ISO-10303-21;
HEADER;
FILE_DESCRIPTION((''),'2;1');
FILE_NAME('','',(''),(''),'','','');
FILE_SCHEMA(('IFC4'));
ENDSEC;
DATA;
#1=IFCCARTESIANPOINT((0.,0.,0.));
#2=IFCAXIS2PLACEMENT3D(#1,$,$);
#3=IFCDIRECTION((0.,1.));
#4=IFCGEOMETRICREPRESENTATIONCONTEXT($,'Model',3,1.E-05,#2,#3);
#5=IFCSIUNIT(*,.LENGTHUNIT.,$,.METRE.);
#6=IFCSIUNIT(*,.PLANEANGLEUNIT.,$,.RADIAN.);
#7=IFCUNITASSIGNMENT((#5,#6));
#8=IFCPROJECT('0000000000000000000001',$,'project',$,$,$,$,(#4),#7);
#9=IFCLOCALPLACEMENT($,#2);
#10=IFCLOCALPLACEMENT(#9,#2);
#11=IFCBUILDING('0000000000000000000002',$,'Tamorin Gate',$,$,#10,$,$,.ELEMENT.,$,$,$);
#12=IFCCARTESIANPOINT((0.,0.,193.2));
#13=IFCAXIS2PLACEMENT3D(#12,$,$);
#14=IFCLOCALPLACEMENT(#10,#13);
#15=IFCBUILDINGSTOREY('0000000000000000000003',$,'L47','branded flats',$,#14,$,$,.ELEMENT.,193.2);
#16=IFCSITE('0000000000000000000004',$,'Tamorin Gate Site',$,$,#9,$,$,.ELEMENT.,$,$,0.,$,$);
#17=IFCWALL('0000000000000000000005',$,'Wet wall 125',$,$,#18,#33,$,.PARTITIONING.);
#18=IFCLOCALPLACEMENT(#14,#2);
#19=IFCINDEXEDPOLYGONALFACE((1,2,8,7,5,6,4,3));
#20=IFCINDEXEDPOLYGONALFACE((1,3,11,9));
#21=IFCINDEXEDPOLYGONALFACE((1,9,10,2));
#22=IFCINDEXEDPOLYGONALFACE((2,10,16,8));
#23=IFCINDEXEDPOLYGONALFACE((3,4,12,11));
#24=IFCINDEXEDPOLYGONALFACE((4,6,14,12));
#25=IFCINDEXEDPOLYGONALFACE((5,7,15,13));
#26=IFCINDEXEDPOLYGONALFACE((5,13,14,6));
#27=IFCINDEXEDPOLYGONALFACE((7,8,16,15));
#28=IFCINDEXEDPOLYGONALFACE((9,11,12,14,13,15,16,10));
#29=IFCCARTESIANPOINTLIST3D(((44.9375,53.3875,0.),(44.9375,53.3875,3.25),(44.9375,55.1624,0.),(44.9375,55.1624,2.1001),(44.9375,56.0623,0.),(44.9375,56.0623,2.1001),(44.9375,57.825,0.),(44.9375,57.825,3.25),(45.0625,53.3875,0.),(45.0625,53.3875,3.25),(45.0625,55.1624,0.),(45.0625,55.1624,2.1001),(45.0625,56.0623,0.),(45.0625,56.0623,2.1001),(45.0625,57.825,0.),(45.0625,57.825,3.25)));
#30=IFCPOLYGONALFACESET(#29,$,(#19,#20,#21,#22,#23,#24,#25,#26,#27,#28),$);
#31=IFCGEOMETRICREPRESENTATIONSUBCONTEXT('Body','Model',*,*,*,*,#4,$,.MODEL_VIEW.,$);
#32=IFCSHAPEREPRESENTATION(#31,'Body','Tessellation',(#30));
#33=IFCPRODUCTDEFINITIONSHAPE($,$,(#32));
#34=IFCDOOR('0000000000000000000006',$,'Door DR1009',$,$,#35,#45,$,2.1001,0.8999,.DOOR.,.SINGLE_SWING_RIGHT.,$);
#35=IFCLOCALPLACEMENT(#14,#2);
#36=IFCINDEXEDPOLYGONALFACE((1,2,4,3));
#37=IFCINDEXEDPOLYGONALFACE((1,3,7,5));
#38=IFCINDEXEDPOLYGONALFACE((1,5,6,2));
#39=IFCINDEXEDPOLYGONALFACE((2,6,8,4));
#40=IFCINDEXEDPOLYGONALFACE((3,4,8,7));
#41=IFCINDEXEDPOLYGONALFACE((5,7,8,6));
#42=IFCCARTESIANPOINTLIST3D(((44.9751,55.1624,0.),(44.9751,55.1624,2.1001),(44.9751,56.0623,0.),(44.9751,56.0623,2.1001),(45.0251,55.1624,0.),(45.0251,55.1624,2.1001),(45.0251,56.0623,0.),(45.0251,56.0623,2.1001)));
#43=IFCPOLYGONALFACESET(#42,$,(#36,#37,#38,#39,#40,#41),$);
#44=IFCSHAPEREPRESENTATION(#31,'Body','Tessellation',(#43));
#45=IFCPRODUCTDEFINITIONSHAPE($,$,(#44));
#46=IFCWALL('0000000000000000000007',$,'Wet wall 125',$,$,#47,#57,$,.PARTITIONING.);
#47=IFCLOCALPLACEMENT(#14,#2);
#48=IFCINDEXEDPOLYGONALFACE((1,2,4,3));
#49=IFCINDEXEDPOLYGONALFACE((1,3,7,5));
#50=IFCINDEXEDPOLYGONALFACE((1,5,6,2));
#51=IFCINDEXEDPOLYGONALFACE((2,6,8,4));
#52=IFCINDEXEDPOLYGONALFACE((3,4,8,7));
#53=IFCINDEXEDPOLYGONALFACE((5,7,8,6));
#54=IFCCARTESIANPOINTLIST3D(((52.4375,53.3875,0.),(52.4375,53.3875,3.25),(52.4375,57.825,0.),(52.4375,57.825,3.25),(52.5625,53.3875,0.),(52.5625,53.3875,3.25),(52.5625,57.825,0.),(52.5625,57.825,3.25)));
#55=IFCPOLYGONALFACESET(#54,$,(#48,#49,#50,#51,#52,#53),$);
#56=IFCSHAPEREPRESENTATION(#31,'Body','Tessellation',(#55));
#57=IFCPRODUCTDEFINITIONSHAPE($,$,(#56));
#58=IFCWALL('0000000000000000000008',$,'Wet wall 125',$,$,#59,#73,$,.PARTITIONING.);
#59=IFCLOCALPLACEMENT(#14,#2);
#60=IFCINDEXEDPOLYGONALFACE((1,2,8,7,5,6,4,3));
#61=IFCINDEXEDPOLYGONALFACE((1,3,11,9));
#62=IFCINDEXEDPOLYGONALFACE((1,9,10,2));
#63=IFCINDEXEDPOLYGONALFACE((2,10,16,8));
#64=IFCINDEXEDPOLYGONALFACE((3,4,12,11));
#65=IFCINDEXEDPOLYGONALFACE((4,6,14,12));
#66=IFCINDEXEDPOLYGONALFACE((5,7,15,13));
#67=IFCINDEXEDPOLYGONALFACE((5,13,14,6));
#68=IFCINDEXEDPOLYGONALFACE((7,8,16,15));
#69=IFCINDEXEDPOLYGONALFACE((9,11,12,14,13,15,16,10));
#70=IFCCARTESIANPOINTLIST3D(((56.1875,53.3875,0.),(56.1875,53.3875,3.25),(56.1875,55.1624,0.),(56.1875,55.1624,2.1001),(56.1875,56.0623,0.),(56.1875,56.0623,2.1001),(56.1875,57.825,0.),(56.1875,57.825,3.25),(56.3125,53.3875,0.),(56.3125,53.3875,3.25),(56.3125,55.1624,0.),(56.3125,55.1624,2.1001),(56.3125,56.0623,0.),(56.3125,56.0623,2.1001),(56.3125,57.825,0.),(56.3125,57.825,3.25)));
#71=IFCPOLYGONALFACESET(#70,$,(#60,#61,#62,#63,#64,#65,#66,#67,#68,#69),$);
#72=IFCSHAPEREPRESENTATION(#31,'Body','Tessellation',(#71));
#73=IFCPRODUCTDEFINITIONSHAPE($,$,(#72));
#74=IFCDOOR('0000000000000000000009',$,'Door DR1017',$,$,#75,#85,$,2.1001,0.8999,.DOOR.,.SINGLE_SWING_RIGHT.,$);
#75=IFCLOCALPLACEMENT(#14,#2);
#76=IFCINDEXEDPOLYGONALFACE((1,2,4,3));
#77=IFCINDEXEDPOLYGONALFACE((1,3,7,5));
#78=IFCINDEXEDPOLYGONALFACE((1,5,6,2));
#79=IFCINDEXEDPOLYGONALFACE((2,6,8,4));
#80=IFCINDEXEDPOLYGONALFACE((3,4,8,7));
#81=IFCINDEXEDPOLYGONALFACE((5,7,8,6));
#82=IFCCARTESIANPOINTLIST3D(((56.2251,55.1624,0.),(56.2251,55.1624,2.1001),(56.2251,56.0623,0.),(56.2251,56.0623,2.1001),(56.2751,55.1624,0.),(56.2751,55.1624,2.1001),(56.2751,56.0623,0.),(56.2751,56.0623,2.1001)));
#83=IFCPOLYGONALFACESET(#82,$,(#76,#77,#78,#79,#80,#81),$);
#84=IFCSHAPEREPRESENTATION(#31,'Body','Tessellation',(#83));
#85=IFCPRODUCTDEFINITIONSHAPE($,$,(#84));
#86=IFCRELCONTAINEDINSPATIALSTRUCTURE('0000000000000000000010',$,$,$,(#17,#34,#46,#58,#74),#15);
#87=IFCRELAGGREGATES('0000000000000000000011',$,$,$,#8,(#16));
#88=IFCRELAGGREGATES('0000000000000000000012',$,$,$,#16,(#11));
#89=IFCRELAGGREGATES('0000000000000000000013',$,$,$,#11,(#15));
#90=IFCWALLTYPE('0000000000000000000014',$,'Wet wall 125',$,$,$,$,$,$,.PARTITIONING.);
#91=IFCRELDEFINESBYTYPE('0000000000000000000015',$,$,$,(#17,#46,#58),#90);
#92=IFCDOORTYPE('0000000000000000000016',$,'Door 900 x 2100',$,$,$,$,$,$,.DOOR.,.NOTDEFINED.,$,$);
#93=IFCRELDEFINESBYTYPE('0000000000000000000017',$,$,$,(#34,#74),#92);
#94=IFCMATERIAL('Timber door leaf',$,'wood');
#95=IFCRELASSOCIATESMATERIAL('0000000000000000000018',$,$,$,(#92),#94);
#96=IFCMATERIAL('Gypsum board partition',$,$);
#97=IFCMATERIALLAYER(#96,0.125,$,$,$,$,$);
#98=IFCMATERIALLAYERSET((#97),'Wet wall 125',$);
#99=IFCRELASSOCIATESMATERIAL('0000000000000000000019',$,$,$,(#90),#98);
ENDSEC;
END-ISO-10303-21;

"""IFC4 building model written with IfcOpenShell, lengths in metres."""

from ifc_helpers import new_model, si_unit, direction, frame, frame_2d, origin, place, context, subcontext, project, spatial, rectangle, extrude, material, layer, layer_set, type_object, element, fill, save


model = new_model("IFC4")

# Units and contexts
model_context = context("Model", 3, precision=1e-05, world=origin(), true_north=direction((0.0, 1.0)))
body_context = subcontext(model_context, "Body", "Model", "MODEL_VIEW")
ifc_project = project(units=[si_unit("LENGTHUNIT", "METRE"), si_unit("PLANEANGLEUNIT", "RADIAN")], contexts=[model_context])

# Site, building, storey
site_placement = place(None, origin())
site = spatial("IfcSite", under=ifc_project, at=site_placement, Name="Tamorin Gate Site", CompositionType="ELEMENT", RefElevation=0.0)
building_placement = place(site_placement, origin())
building = spatial("IfcBuilding", under=site, at=building_placement, Name="Tamorin Gate", CompositionType="ELEMENT")
storey_placement = place(building_placement, frame((0.0, 0.0, 193.2)))
storey = spatial("IfcBuildingStorey", under=building, at=storey_placement, Name="L47", Description="branded flats", CompositionType="ELEMENT", Elevation=193.2)

# Shared definitions
ifc_material_1 = material(Name="Gypsum board partition")

# Shared definitions
ifc_material_2 = material(Name="Timber door leaf", Category="wood")
door_type = type_object("IfcDoorType", Name="Door 900 x 2100", OperationType="NOTDEFINED", PredefinedType="DOOR", material=ifc_material_2)

# Shared definitions
ifc_layer_1 = layer(ifc_material_1, 0.125)
ifc_layer_set_1 = layer_set([ifc_layer_1], Name="Wet wall 125")
wall_type_1 = type_object("IfcWallType", Name="Wet wall 125", PredefinedType="PARTITIONING", material=ifc_layer_set_1)

# Wall, opening, door
wall_1_placement = place(storey_placement, frame((45.0, 53.3875, 0.0), z_axis=(0.0, 0.0, 1.0), x_axis=(0.0, 1.0, 0.0)))
wall_1 = element("IfcWall", 1, at=wall_1_placement, inside=storey, type_object=wall_type_1, Name="Wet wall 125", PredefinedType="PARTITIONING", context=body_context, shape_type="SweptSolid", body=[
    extrude(rectangle(XDim=4.4375, YDim=0.125, at=frame_2d((2.2188, 0.0))), origin(), (0.0, 0.0, 1.0), 3.25),
])
opening_1_placement = place(wall_1_placement, frame((1.7749, 0.0, 0.0)))
opening_1 = element("IfcOpeningElement", 2, at=opening_1_placement, cuts=wall_1, PredefinedType="OPENING", context=body_context, shape_type="SweptSolid", body=[
    extrude(rectangle(XDim=0.8999, YDim=2.1001, at=frame_2d((0.45, 1.05))), frame((0.0, 0.0725, 0.0), z_axis=(0.0, -1.0, 0.0), x_axis=(1.0, 0.0, 0.0)), (0.0, 0.0, 1.0), 0.145),
])
door_1_placement = place(opening_1_placement, origin())
door_1 = element("IfcDoor", 3, at=door_1_placement, inside=storey, type_object=door_type, Name="Door DR1009", OperationType="SINGLE_SWING_RIGHT", OverallHeight=2.1001, OverallWidth=0.8999, PredefinedType="DOOR", context=body_context, shape_type="SweptSolid", body=[
    extrude(rectangle(XDim=0.8999, YDim=2.1001, at=frame_2d((0.45, 1.05))), frame((0.0, 0.0249, 0.0), z_axis=(0.0, -1.0, 0.0), x_axis=(1.0, 0.0, 0.0)), (0.0, 0.0, 1.0), 0.05),
])
fill(opening_1, door_1)

# Wall
wall_2_placement = place(storey_placement, frame((52.5, 53.3875, 0.0), z_axis=(0.0, 0.0, 1.0), x_axis=(0.0, 1.0, 0.0)))
element("IfcWall", 4, at=wall_2_placement, inside=storey, type_object=wall_type_1, Name="Wet wall 125", PredefinedType="PARTITIONING", context=body_context, shape_type="SweptSolid", body=[
    extrude(rectangle(XDim=4.4375, YDim=0.125, at=frame_2d((2.2188, 0.0))), origin(), (0.0, 0.0, 1.0), 3.25),
])

# Wall, opening, door
wall_3_placement = place(storey_placement, frame((56.25, 53.3875, 0.0), z_axis=(0.0, 0.0, 1.0), x_axis=(0.0, 1.0, 0.0)))
wall_3 = element("IfcWall", 5, at=wall_3_placement, inside=storey, type_object=wall_type_1, Name="Wet wall 125", PredefinedType="PARTITIONING", context=body_context, shape_type="SweptSolid", body=[
    extrude(rectangle(XDim=4.4375, YDim=0.125, at=frame_2d((2.2188, 0.0))), origin(), (0.0, 0.0, 1.0), 3.25),
])
opening_2_placement = place(wall_3_placement, frame((1.7749, 0.0, 0.0)))
opening_2 = element("IfcOpeningElement", 6, at=opening_2_placement, cuts=wall_3, PredefinedType="OPENING", context=body_context, shape_type="SweptSolid", body=[
    extrude(rectangle(XDim=0.8999, YDim=2.1001, at=frame_2d((0.45, 1.05))), frame((0.0, 0.0725, 0.0), z_axis=(0.0, -1.0, 0.0), x_axis=(1.0, 0.0, 0.0)), (0.0, 0.0, 1.0), 0.145),
])
door_2_placement = place(opening_2_placement, origin())
door_2 = element("IfcDoor", 7, at=door_2_placement, inside=storey, type_object=door_type, Name="Door DR1017", OperationType="SINGLE_SWING_RIGHT", OverallHeight=2.1001, OverallWidth=0.8999, PredefinedType="DOOR", context=body_context, shape_type="SweptSolid", body=[
    extrude(rectangle(XDim=0.8999, YDim=2.1001, at=frame_2d((0.45, 1.05))), frame((0.0, 0.0249, 0.0), z_axis=(0.0, -1.0, 0.0), x_axis=(1.0, 0.0, 0.0)), (0.0, 0.0, 1.0), 0.05),
])
fill(opening_2, door_2)

save(model, "model.ifc")
